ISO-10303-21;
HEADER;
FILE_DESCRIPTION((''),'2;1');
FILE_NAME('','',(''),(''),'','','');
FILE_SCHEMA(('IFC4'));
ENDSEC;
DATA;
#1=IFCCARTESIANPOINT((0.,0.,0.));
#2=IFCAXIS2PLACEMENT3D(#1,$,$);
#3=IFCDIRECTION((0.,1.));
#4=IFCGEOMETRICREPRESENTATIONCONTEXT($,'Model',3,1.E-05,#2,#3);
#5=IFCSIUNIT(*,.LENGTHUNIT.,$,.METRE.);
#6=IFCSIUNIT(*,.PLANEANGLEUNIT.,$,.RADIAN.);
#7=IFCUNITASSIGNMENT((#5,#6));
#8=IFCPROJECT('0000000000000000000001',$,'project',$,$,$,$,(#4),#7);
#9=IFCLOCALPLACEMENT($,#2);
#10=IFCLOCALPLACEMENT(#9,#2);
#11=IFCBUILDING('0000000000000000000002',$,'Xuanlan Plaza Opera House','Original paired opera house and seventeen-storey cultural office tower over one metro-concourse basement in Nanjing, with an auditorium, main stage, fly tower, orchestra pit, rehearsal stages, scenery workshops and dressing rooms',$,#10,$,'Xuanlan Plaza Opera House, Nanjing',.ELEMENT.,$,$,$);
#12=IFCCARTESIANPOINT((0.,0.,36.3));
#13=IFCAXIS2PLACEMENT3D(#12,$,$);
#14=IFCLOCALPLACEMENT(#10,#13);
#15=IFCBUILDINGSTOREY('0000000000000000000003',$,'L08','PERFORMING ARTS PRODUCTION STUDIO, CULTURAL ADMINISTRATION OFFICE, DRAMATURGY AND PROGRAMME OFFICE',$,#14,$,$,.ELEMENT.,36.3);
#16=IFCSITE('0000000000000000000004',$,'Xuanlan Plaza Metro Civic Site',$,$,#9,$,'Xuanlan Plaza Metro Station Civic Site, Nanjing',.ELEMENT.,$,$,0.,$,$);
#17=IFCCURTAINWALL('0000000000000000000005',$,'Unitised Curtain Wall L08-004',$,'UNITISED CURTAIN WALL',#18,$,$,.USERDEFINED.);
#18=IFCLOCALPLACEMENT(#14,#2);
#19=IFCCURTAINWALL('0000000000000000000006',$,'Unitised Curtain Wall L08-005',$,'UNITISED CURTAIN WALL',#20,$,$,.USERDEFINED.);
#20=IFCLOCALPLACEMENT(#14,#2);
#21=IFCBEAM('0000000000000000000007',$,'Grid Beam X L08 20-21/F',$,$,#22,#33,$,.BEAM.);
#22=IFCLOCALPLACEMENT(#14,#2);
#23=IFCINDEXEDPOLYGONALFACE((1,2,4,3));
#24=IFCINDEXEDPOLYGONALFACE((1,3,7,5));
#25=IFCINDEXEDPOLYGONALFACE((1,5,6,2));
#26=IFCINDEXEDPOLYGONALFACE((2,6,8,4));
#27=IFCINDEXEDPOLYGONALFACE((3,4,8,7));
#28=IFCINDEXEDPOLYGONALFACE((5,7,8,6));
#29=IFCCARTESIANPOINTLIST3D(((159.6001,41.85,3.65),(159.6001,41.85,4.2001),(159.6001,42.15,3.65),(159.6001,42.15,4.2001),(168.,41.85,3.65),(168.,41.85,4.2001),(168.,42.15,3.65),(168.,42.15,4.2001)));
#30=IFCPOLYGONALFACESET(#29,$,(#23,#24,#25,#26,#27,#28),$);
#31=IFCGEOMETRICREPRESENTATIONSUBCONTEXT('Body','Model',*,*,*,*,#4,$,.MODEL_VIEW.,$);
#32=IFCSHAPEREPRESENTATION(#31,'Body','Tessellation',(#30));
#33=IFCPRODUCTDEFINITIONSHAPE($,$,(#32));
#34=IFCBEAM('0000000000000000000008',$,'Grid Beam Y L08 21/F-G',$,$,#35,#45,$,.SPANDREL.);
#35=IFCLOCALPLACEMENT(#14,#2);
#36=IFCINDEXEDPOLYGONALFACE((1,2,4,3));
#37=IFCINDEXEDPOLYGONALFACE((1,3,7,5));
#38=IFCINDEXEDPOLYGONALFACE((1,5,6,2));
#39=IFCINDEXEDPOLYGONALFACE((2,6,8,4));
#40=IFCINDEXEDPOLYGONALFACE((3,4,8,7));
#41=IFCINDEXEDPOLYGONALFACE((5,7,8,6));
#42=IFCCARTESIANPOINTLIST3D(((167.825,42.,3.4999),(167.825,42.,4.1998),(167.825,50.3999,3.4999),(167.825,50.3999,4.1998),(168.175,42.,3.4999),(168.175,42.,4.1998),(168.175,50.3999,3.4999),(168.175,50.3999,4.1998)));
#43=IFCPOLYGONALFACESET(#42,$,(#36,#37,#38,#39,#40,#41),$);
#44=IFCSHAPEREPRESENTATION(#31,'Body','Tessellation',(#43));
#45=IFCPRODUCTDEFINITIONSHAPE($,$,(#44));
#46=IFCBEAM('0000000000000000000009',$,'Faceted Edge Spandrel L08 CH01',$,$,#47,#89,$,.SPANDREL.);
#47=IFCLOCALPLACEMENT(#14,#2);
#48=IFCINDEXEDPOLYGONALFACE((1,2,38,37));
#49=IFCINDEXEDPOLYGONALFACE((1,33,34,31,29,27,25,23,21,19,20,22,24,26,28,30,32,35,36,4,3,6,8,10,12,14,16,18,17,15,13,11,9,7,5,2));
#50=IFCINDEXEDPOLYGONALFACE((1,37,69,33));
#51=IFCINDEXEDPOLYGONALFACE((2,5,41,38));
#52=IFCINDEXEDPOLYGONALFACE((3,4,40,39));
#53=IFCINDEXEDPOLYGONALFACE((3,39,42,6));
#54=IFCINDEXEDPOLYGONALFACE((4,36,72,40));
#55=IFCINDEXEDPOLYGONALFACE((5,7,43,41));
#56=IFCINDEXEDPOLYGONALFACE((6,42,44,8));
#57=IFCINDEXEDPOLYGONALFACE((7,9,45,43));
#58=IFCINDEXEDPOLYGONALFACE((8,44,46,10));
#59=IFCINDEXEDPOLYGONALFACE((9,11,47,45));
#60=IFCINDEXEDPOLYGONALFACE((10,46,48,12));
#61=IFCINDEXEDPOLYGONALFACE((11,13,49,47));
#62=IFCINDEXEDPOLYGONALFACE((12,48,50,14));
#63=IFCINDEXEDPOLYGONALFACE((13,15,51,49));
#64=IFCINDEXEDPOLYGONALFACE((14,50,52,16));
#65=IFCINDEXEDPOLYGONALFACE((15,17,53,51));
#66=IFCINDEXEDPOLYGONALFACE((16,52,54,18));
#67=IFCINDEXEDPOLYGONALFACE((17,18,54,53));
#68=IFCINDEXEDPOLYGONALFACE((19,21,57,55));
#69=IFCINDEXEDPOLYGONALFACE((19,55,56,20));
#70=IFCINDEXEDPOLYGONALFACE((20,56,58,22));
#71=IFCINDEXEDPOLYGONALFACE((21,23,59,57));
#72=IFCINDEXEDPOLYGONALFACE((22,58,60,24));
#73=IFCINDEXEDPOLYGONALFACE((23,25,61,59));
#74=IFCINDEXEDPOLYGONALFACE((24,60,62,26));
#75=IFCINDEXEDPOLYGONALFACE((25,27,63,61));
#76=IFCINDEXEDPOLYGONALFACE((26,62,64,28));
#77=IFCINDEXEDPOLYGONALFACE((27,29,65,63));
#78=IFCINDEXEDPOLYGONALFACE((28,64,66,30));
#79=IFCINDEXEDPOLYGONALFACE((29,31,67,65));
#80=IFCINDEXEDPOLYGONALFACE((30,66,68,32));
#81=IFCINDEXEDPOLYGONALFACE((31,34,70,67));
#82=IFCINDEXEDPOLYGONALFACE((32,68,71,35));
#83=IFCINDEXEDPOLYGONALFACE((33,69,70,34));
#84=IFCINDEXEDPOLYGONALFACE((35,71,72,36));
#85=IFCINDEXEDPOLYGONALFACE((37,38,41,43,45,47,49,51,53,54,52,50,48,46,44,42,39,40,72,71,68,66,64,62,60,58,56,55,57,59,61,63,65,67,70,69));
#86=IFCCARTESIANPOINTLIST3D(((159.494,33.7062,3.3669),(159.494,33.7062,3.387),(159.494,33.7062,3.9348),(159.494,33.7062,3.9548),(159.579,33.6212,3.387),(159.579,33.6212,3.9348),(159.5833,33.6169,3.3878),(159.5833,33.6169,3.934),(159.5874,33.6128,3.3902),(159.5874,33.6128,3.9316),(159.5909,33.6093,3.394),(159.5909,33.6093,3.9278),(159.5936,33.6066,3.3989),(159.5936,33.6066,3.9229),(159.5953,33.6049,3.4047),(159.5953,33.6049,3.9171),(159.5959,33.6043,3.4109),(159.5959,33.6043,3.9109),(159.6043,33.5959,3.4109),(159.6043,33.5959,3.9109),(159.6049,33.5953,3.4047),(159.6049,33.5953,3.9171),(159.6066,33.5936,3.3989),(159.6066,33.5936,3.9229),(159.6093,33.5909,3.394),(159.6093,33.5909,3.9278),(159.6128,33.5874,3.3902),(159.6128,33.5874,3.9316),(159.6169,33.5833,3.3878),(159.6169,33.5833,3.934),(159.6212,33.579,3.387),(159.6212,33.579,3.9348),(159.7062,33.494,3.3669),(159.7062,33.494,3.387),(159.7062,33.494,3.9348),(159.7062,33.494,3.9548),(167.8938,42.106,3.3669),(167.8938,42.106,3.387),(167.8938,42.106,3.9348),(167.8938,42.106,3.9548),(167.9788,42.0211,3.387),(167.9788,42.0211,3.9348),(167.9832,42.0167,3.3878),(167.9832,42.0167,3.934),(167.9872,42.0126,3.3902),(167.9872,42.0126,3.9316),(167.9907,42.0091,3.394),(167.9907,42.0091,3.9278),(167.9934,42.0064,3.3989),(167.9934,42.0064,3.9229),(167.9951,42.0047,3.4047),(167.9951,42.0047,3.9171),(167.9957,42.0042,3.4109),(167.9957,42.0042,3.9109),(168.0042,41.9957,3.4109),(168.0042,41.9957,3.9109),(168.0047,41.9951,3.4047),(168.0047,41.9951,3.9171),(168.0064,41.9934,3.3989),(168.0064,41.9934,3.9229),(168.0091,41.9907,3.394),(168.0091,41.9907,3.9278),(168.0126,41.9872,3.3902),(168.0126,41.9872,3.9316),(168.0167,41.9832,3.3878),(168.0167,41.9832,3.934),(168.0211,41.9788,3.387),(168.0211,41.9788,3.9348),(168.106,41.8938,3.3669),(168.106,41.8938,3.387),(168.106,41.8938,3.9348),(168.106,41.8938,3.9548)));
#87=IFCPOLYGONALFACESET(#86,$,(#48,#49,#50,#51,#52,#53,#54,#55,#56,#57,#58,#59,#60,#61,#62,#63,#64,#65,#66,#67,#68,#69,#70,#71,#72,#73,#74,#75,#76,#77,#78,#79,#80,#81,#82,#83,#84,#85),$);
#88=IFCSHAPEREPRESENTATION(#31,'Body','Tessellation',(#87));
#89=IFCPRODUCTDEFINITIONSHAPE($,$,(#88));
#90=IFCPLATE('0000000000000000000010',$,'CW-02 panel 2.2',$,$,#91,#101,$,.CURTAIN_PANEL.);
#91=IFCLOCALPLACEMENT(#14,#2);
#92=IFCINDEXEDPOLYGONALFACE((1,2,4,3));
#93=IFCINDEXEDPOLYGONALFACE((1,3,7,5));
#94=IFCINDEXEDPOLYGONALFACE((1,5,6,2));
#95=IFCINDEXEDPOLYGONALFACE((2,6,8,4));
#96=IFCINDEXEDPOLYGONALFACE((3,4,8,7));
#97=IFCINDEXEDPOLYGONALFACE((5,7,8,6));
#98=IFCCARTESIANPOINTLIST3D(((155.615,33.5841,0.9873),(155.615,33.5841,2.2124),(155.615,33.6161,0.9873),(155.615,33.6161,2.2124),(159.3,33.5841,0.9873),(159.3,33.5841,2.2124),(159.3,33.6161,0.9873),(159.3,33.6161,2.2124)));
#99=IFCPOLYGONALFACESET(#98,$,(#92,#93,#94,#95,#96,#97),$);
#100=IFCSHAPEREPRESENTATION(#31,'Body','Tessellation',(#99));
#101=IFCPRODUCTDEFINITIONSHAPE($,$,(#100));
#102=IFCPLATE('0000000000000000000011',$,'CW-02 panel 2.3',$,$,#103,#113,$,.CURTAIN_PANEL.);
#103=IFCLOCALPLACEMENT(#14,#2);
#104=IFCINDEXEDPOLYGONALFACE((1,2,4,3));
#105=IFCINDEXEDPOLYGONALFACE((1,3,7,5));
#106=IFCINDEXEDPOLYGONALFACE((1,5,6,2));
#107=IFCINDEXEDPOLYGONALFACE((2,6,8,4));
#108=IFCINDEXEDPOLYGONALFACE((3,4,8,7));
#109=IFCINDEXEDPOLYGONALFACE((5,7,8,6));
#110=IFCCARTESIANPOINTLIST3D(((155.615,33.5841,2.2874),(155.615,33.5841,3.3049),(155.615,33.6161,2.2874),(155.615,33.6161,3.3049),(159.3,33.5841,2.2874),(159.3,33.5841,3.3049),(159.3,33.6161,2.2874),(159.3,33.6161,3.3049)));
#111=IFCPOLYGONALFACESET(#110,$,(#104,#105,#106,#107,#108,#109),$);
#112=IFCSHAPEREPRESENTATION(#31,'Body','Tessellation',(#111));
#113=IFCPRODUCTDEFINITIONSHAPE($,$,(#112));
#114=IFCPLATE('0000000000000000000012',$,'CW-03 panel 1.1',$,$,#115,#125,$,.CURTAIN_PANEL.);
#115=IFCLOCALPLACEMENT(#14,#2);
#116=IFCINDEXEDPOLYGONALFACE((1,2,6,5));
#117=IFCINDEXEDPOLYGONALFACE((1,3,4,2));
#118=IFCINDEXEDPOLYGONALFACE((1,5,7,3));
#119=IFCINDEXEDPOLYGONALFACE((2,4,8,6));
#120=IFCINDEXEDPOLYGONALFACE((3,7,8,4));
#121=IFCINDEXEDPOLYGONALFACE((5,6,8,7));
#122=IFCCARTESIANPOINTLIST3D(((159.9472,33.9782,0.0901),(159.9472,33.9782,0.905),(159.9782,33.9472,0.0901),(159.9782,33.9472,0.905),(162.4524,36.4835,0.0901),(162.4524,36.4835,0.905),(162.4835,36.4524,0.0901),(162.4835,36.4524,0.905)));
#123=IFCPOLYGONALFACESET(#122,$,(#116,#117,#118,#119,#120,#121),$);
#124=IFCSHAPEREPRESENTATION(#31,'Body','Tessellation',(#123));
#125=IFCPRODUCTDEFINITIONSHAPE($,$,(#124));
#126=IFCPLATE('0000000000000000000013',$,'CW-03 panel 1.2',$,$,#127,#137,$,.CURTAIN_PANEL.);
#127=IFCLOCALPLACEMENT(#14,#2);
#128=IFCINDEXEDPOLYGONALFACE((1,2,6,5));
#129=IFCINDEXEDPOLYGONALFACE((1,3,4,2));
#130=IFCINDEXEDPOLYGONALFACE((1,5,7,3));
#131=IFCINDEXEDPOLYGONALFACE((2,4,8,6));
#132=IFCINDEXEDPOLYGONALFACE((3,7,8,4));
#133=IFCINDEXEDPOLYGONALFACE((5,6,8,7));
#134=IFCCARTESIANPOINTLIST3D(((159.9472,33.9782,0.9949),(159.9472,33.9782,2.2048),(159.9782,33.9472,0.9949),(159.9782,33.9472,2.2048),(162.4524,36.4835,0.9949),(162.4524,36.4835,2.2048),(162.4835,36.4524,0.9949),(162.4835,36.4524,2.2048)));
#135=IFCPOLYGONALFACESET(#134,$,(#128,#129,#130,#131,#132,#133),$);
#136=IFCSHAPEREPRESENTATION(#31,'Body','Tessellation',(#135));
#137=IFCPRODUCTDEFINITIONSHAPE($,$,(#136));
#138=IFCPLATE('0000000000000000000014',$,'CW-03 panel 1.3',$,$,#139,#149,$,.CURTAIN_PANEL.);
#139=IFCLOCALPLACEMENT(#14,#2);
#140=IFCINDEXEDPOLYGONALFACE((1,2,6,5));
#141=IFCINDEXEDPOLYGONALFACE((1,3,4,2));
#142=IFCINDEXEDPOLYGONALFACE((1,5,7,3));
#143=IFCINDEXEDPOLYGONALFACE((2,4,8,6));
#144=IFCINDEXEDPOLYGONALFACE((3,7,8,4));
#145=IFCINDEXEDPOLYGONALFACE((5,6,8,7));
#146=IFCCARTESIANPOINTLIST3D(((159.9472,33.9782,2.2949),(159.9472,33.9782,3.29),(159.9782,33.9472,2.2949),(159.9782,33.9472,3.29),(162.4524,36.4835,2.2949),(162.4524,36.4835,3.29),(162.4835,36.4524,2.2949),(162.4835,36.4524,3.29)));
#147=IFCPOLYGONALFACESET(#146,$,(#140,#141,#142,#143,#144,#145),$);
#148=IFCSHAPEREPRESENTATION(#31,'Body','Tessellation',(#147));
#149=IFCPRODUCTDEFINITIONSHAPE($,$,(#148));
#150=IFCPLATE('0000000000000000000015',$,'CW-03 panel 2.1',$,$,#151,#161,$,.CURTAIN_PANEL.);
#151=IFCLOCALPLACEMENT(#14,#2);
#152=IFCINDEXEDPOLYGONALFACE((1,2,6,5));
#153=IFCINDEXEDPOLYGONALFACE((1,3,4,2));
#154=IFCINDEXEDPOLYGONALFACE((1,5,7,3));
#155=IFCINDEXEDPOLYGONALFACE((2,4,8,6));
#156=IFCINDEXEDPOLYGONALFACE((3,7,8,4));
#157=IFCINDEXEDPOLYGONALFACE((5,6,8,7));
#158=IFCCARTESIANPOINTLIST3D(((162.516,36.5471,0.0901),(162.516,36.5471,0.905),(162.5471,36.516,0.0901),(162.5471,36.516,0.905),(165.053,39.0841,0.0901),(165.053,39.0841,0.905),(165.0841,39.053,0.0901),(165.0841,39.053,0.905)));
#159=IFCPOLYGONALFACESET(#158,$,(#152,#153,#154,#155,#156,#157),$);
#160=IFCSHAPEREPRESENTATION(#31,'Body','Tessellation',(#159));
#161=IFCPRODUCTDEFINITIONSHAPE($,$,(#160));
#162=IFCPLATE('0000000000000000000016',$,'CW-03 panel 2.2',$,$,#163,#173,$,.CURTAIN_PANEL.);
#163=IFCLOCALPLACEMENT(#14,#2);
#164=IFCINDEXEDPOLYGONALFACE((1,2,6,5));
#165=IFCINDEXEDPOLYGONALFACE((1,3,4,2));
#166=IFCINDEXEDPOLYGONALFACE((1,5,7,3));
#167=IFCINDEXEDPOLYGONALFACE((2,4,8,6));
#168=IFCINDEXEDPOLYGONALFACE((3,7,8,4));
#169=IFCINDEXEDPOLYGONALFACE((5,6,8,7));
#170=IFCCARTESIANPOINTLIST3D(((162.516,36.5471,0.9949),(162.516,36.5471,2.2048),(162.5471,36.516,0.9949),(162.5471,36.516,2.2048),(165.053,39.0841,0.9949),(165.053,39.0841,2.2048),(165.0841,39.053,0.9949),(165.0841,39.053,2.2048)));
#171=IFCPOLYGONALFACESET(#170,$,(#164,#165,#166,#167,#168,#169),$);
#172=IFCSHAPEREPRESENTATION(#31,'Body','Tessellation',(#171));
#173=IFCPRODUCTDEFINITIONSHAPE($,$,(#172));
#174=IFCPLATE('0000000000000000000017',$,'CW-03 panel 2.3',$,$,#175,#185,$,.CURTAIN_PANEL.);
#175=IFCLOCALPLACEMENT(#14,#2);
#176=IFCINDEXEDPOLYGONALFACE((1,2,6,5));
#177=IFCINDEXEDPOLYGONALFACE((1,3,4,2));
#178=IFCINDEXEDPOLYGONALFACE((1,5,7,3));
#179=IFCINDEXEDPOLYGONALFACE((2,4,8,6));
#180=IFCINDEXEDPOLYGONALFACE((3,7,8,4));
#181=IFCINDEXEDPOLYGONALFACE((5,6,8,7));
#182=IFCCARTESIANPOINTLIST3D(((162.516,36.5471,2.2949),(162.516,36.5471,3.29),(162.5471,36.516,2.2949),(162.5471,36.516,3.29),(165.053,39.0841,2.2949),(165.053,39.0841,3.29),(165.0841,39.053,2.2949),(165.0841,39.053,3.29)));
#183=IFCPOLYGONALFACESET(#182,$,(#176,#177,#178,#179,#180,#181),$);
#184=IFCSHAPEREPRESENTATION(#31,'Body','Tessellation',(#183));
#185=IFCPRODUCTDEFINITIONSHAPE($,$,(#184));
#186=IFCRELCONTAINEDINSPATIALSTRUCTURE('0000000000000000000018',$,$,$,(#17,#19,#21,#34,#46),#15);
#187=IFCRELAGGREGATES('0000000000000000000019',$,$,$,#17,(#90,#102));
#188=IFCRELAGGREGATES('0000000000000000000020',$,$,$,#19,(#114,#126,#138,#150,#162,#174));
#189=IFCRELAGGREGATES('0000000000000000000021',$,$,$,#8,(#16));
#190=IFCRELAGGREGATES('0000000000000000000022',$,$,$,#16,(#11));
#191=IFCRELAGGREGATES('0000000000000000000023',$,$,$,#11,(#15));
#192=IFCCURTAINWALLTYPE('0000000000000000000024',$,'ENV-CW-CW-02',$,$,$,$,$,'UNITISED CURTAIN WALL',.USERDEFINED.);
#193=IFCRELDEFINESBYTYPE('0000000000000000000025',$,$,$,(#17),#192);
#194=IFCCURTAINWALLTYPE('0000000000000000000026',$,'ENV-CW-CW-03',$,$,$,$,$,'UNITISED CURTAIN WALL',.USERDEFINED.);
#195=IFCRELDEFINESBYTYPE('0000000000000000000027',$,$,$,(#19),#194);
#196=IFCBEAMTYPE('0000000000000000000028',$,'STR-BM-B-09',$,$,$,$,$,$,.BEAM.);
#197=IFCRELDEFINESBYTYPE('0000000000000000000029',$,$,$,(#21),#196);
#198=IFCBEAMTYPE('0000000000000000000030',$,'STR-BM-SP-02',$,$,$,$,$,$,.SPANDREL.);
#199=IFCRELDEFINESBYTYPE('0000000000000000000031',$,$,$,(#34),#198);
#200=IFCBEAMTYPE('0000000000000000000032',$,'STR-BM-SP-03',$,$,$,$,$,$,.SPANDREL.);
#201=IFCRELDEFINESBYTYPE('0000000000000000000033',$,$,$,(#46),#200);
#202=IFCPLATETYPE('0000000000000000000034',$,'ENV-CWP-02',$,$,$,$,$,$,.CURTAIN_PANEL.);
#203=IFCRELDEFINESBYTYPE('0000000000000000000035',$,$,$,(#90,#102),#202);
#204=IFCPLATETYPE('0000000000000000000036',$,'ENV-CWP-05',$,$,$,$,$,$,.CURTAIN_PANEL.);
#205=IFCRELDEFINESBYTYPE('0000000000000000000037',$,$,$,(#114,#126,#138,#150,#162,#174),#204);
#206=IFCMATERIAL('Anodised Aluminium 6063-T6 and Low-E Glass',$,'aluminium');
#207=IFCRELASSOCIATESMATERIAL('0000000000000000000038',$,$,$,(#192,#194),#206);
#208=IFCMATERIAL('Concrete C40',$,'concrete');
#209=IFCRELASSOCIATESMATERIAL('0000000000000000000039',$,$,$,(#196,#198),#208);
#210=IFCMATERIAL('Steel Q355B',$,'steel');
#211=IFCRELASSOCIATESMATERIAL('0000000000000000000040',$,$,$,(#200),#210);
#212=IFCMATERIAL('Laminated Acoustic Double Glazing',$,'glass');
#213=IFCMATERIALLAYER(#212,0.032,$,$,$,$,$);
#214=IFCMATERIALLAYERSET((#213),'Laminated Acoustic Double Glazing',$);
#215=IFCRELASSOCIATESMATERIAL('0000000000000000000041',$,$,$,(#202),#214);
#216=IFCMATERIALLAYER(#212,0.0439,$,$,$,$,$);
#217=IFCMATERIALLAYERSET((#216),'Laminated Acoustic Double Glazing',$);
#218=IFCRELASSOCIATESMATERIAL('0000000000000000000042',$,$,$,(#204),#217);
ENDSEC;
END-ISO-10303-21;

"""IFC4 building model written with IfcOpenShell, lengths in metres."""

from ifc_helpers import new_model, si_unit, direction, frame, origin, origin_2d, place, context, subcontext, project, spatial, rectangle, i_section, extrude, material, layer, layer_set, material_profile, profile_set, type_object, element, aggregate, save


model = new_model("IFC4")

# Units and contexts
model_context = context("Model", 3, precision=1e-05, world=origin(), true_north=direction((0.0, 1.0)))
body_context = subcontext(model_context, "Body", "Model", "MODEL_VIEW")
ifc_project = project(units=[si_unit("LENGTHUNIT", "METRE"), si_unit("PLANEANGLEUNIT", "RADIAN")], contexts=[model_context])

# Site, building, storey
site_placement = place(None, origin())
site = spatial("IfcSite", under=ifc_project, at=site_placement, Name="Xuanlan Plaza Metro Civic Site", LongName="Xuanlan Plaza Metro Station Civic Site, Nanjing", CompositionType="ELEMENT", RefElevation=0.0)
building_placement = place(site_placement, origin())
building = spatial("IfcBuilding", under=site, at=building_placement, Name="Xuanlan Plaza Opera House", Description="Original paired opera house and seventeen-storey cultural office tower over one metro-concourse basement in Nanjing, with an auditorium, main stage, fly tower, orchestra pit, rehearsal stages, scenery workshops and dressing rooms", LongName="Xuanlan Plaza Opera House, Nanjing", CompositionType="ELEMENT")
storey_placement = place(building_placement, frame((0.0, 0.0, 36.3)))
storey = spatial("IfcBuildingStorey", under=building, at=storey_placement, Name="L08", Description="PERFORMING ARTS PRODUCTION STUDIO, CULTURAL ADMINISTRATION OFFICE, DRAMATURGY AND PROGRAMME OFFICE", CompositionType="ELEMENT", Elevation=36.3)

# Shared definitions
ifc_material_1 = material(Name="Steel Q355B", Category="steel")

# Curtain wall
ifc_material_2 = material(Name="Anodised Aluminium 6063-T6 and Low-E Glass", Category="aluminium")
curtain_wall_type_1 = type_object("IfcCurtainWallType", Name="ENV-CW-CW-02", ElementType="UNITISED CURTAIN WALL", PredefinedType="USERDEFINED", material=ifc_material_2)
curtain_wall_1_placement = place(storey_placement, origin())
curtain_wall_1 = element("IfcCurtainWall", 1, at=curtain_wall_1_placement, inside=storey, type_object=curtain_wall_type_1, Name="Unitised Curtain Wall L08-004", ObjectType="UNITISED CURTAIN WALL", PredefinedType="USERDEFINED")

# Curtain wall
curtain_wall_type_2 = type_object("IfcCurtainWallType", Name="ENV-CW-CW-03", ElementType="UNITISED CURTAIN WALL", PredefinedType="USERDEFINED", material=ifc_material_2)
curtain_wall_2_placement = place(storey_placement, origin())
curtain_wall_2 = element("IfcCurtainWall", 2, at=curtain_wall_2_placement, inside=storey, type_object=curtain_wall_type_2, Name="Unitised Curtain Wall L08-005", ObjectType="UNITISED CURTAIN WALL", PredefinedType="USERDEFINED")

# Beams
ifc_material_3 = material(Name="Concrete C40", Category="concrete")
ifc_material_profile_1 = material_profile(ifc_material_3, rectangle(XDim=0.3, YDim=0.55, at=origin_2d()), Name="RC-BM 300x550")
ifc_profile_set_1 = profile_set([ifc_material_profile_1], Name="Concrete C40")
beam_type_1 = type_object("IfcBeamType", Name="STR-BM-B-09", PredefinedType="BEAM", material=ifc_profile_set_1)
beam_1_placement = place(storey_placement, frame((159.6001, 42.0, 3.925), z_axis=(1.0, 0.0, 0.0), x_axis=(0.0, 1.0, 0.0)))
element("IfcBeam", 3, at=beam_1_placement, inside=storey, type_object=beam_type_1, Name="Grid Beam X L08 20-21/F", PredefinedType="BEAM", context=body_context, shape_type="SweptSolid", body=[
    extrude(rectangle(XDim=0.3, YDim=0.55, at=origin_2d()), origin(), (0.0, 0.0, 1.0), 8.3999),
])
ifc_material_profile_2 = material_profile(ifc_material_3, rectangle(XDim=0.3501, YDim=0.7, at=origin_2d()), Name="RC-SPD 350x700")
ifc_profile_set_2 = profile_set([ifc_material_profile_2], Name="Concrete C40")
beam_type_2 = type_object("IfcBeamType", Name="STR-BM-SP-02", PredefinedType="SPANDREL", material=ifc_profile_set_2)
beam_2_placement = place(storey_placement, frame((168.0, 42.0, 3.8499), z_axis=(0.0, 1.0, 0.0), x_axis=(-1.0, 0.0, 0.0)))
element("IfcBeam", 4, at=beam_2_placement, inside=storey, type_object=beam_type_2, Name="Grid Beam Y L08 21/F-G", PredefinedType="SPANDREL", context=body_context, shape_type="SweptSolid", body=[
    extrude(rectangle(XDim=0.3501, YDim=0.7, at=origin_2d()), origin(), (0.0, 0.0, 1.0), 8.3999),
])
ifc_material_profile_3 = material_profile(ifc_material_1, i_section(OverallWidth=0.3, OverallDepth=0.5879, WebThickness=0.012, FlangeThickness=0.02, FilletRadius=0.0239, at=origin_2d()), Name="HM 588x300x12x20")
ifc_profile_set_3 = profile_set([ifc_material_profile_3], Name="Steel Q355B")
beam_type_3 = type_object("IfcBeamType", Name="STR-BM-SP-03", PredefinedType="SPANDREL", material=ifc_profile_set_3)
beam_3_placement = place(storey_placement, frame((159.6001, 33.6001, 3.6609), z_axis=(0.707107, 0.707107, 0.0), x_axis=(-0.707107, 0.707107, 0.0)))
element("IfcBeam", 5, at=beam_3_placement, inside=storey, type_object=beam_type_3, Name="Faceted Edge Spandrel L08 CH01", PredefinedType="SPANDREL", context=body_context, shape_type="SweptSolid", body=[
    extrude(i_section(OverallWidth=0.3, OverallDepth=0.5879, WebThickness=0.012, FlangeThickness=0.02, FilletRadius=0.0239, at=origin_2d()), origin(), (0.0, 0.0, 1.0), 11.8792),
])

# Plates
ifc_material_4 = material(Name="Laminated Acoustic Double Glazing", Category="glass")
ifc_layer_1 = layer(ifc_material_4, 0.032)
ifc_layer_set_1 = layer_set([ifc_layer_1], Name="Laminated Acoustic Double Glazing")
plate_type_1 = type_object("IfcPlateType", Name="ENV-CWP-02", PredefinedType="CURTAIN_PANEL", material=ifc_layer_set_1)
plate_1_placement = place(storey_placement, frame((157.4575, 33.6001, 0.9873), z_axis=(0.0, 0.0, 1.0), x_axis=(1.0, 0.0, 0.0)))
plate_1 = element("IfcPlate", 6, at=plate_1_placement, type_object=plate_type_1, Name="CW-02 panel 2.2", PredefinedType="CURTAIN_PANEL", context=body_context, shape_type="SweptSolid", body=[
    extrude(rectangle(XDim=3.6851, YDim=0.032, at=origin_2d()), origin(), (0.0, 0.0, 1.0), 1.2251),
])
plate_2_placement = place(storey_placement, frame((157.4575, 33.6001, 2.2874), z_axis=(0.0, 0.0, 1.0), x_axis=(1.0, 0.0, 0.0)))
plate_2 = element("IfcPlate", 7, at=plate_2_placement, type_object=plate_type_1, Name="CW-02 panel 2.3", PredefinedType="CURTAIN_PANEL", context=body_context, shape_type="SweptSolid", body=[
    extrude(rectangle(XDim=3.6851, YDim=0.032, at=origin_2d()), origin(), (0.0, 0.0, 1.0), 1.0176),
])
aggregate(curtain_wall_1, [plate_1, plate_2])
ifc_layer_2 = layer(ifc_material_4, 0.0439)
ifc_layer_set_2 = layer_set([ifc_layer_2], Name="Laminated Acoustic Double Glazing")
plate_type_2 = type_object("IfcPlateType", Name="ENV-CWP-05", PredefinedType="CURTAIN_PANEL", material=ifc_layer_set_2)
plate_3_placement = place(storey_placement, frame((161.2153, 35.2153, 0.0901), z_axis=(0.0, 0.0, 1.0), x_axis=(0.707107, 0.707107, 0.0)))
plate_3 = element("IfcPlate", 8, at=plate_3_placement, type_object=plate_type_2, Name="CW-03 panel 1.1", PredefinedType="CURTAIN_PANEL", context=body_context, shape_type="SweptSolid", body=[
    extrude(rectangle(XDim=3.543, YDim=0.0439, at=origin_2d()), origin(), (0.0, 0.0, 1.0), 0.8149),
])
plate_4_placement = place(storey_placement, frame((161.2153, 35.2153, 0.9949), z_axis=(0.0, 0.0, 1.0), x_axis=(0.707107, 0.707107, 0.0)))
plate_4 = element("IfcPlate", 9, at=plate_4_placement, type_object=plate_type_2, Name="CW-03 panel 1.2", PredefinedType="CURTAIN_PANEL", context=body_context, shape_type="SweptSolid", body=[
    extrude(rectangle(XDim=3.543, YDim=0.0439, at=origin_2d()), origin(), (0.0, 0.0, 1.0), 1.21),
])
plate_5_placement = place(storey_placement, frame((161.2153, 35.2153, 2.2949), z_axis=(0.0, 0.0, 1.0), x_axis=(0.707107, 0.707107, 0.0)))
plate_5 = element("IfcPlate", 10, at=plate_5_placement, type_object=plate_type_2, Name="CW-03 panel 1.3", PredefinedType="CURTAIN_PANEL", context=body_context, shape_type="SweptSolid", body=[
    extrude(rectangle(XDim=3.543, YDim=0.0439, at=origin_2d()), origin(), (0.0, 0.0, 1.0), 0.9951),
])
plate_6_placement = place(storey_placement, frame((163.8, 37.8, 0.0901), z_axis=(0.0, 0.0, 1.0), x_axis=(0.707107, 0.707107, 0.0)))
plate_6 = element("IfcPlate", 11, at=plate_6_placement, type_object=plate_type_2, Name="CW-03 panel 2.1", PredefinedType="CURTAIN_PANEL", context=body_context, shape_type="SweptSolid", body=[
    extrude(rectangle(XDim=3.5879, YDim=0.0439, at=origin_2d()), origin(), (0.0, 0.0, 1.0), 0.8149),
])
plate_7_placement = place(storey_placement, frame((163.8, 37.8, 0.9949), z_axis=(0.0, 0.0, 1.0), x_axis=(0.707107, 0.707107, 0.0)))
plate_7 = element("IfcPlate", 12, at=plate_7_placement, type_object=plate_type_2, Name="CW-03 panel 2.2", PredefinedType="CURTAIN_PANEL", context=body_context, shape_type="SweptSolid", body=[
    extrude(rectangle(XDim=3.5879, YDim=0.0439, at=origin_2d()), origin(), (0.0, 0.0, 1.0), 1.21),
])
plate_8_placement = place(storey_placement, frame((163.8, 37.8, 2.2949), z_axis=(0.0, 0.0, 1.0), x_axis=(0.707107, 0.707107, 0.0)))
plate_8 = element("IfcPlate", 13, at=plate_8_placement, type_object=plate_type_2, Name="CW-03 panel 2.3", PredefinedType="CURTAIN_PANEL", context=body_context, shape_type="SweptSolid", body=[
    extrude(rectangle(XDim=3.5879, YDim=0.0439, at=origin_2d()), origin(), (0.0, 0.0, 1.0), 0.9951),
])
aggregate(curtain_wall_2, [plate_3, plate_4, plate_5, plate_6, plate_7, plate_8])

save(model, "model.ifc")
